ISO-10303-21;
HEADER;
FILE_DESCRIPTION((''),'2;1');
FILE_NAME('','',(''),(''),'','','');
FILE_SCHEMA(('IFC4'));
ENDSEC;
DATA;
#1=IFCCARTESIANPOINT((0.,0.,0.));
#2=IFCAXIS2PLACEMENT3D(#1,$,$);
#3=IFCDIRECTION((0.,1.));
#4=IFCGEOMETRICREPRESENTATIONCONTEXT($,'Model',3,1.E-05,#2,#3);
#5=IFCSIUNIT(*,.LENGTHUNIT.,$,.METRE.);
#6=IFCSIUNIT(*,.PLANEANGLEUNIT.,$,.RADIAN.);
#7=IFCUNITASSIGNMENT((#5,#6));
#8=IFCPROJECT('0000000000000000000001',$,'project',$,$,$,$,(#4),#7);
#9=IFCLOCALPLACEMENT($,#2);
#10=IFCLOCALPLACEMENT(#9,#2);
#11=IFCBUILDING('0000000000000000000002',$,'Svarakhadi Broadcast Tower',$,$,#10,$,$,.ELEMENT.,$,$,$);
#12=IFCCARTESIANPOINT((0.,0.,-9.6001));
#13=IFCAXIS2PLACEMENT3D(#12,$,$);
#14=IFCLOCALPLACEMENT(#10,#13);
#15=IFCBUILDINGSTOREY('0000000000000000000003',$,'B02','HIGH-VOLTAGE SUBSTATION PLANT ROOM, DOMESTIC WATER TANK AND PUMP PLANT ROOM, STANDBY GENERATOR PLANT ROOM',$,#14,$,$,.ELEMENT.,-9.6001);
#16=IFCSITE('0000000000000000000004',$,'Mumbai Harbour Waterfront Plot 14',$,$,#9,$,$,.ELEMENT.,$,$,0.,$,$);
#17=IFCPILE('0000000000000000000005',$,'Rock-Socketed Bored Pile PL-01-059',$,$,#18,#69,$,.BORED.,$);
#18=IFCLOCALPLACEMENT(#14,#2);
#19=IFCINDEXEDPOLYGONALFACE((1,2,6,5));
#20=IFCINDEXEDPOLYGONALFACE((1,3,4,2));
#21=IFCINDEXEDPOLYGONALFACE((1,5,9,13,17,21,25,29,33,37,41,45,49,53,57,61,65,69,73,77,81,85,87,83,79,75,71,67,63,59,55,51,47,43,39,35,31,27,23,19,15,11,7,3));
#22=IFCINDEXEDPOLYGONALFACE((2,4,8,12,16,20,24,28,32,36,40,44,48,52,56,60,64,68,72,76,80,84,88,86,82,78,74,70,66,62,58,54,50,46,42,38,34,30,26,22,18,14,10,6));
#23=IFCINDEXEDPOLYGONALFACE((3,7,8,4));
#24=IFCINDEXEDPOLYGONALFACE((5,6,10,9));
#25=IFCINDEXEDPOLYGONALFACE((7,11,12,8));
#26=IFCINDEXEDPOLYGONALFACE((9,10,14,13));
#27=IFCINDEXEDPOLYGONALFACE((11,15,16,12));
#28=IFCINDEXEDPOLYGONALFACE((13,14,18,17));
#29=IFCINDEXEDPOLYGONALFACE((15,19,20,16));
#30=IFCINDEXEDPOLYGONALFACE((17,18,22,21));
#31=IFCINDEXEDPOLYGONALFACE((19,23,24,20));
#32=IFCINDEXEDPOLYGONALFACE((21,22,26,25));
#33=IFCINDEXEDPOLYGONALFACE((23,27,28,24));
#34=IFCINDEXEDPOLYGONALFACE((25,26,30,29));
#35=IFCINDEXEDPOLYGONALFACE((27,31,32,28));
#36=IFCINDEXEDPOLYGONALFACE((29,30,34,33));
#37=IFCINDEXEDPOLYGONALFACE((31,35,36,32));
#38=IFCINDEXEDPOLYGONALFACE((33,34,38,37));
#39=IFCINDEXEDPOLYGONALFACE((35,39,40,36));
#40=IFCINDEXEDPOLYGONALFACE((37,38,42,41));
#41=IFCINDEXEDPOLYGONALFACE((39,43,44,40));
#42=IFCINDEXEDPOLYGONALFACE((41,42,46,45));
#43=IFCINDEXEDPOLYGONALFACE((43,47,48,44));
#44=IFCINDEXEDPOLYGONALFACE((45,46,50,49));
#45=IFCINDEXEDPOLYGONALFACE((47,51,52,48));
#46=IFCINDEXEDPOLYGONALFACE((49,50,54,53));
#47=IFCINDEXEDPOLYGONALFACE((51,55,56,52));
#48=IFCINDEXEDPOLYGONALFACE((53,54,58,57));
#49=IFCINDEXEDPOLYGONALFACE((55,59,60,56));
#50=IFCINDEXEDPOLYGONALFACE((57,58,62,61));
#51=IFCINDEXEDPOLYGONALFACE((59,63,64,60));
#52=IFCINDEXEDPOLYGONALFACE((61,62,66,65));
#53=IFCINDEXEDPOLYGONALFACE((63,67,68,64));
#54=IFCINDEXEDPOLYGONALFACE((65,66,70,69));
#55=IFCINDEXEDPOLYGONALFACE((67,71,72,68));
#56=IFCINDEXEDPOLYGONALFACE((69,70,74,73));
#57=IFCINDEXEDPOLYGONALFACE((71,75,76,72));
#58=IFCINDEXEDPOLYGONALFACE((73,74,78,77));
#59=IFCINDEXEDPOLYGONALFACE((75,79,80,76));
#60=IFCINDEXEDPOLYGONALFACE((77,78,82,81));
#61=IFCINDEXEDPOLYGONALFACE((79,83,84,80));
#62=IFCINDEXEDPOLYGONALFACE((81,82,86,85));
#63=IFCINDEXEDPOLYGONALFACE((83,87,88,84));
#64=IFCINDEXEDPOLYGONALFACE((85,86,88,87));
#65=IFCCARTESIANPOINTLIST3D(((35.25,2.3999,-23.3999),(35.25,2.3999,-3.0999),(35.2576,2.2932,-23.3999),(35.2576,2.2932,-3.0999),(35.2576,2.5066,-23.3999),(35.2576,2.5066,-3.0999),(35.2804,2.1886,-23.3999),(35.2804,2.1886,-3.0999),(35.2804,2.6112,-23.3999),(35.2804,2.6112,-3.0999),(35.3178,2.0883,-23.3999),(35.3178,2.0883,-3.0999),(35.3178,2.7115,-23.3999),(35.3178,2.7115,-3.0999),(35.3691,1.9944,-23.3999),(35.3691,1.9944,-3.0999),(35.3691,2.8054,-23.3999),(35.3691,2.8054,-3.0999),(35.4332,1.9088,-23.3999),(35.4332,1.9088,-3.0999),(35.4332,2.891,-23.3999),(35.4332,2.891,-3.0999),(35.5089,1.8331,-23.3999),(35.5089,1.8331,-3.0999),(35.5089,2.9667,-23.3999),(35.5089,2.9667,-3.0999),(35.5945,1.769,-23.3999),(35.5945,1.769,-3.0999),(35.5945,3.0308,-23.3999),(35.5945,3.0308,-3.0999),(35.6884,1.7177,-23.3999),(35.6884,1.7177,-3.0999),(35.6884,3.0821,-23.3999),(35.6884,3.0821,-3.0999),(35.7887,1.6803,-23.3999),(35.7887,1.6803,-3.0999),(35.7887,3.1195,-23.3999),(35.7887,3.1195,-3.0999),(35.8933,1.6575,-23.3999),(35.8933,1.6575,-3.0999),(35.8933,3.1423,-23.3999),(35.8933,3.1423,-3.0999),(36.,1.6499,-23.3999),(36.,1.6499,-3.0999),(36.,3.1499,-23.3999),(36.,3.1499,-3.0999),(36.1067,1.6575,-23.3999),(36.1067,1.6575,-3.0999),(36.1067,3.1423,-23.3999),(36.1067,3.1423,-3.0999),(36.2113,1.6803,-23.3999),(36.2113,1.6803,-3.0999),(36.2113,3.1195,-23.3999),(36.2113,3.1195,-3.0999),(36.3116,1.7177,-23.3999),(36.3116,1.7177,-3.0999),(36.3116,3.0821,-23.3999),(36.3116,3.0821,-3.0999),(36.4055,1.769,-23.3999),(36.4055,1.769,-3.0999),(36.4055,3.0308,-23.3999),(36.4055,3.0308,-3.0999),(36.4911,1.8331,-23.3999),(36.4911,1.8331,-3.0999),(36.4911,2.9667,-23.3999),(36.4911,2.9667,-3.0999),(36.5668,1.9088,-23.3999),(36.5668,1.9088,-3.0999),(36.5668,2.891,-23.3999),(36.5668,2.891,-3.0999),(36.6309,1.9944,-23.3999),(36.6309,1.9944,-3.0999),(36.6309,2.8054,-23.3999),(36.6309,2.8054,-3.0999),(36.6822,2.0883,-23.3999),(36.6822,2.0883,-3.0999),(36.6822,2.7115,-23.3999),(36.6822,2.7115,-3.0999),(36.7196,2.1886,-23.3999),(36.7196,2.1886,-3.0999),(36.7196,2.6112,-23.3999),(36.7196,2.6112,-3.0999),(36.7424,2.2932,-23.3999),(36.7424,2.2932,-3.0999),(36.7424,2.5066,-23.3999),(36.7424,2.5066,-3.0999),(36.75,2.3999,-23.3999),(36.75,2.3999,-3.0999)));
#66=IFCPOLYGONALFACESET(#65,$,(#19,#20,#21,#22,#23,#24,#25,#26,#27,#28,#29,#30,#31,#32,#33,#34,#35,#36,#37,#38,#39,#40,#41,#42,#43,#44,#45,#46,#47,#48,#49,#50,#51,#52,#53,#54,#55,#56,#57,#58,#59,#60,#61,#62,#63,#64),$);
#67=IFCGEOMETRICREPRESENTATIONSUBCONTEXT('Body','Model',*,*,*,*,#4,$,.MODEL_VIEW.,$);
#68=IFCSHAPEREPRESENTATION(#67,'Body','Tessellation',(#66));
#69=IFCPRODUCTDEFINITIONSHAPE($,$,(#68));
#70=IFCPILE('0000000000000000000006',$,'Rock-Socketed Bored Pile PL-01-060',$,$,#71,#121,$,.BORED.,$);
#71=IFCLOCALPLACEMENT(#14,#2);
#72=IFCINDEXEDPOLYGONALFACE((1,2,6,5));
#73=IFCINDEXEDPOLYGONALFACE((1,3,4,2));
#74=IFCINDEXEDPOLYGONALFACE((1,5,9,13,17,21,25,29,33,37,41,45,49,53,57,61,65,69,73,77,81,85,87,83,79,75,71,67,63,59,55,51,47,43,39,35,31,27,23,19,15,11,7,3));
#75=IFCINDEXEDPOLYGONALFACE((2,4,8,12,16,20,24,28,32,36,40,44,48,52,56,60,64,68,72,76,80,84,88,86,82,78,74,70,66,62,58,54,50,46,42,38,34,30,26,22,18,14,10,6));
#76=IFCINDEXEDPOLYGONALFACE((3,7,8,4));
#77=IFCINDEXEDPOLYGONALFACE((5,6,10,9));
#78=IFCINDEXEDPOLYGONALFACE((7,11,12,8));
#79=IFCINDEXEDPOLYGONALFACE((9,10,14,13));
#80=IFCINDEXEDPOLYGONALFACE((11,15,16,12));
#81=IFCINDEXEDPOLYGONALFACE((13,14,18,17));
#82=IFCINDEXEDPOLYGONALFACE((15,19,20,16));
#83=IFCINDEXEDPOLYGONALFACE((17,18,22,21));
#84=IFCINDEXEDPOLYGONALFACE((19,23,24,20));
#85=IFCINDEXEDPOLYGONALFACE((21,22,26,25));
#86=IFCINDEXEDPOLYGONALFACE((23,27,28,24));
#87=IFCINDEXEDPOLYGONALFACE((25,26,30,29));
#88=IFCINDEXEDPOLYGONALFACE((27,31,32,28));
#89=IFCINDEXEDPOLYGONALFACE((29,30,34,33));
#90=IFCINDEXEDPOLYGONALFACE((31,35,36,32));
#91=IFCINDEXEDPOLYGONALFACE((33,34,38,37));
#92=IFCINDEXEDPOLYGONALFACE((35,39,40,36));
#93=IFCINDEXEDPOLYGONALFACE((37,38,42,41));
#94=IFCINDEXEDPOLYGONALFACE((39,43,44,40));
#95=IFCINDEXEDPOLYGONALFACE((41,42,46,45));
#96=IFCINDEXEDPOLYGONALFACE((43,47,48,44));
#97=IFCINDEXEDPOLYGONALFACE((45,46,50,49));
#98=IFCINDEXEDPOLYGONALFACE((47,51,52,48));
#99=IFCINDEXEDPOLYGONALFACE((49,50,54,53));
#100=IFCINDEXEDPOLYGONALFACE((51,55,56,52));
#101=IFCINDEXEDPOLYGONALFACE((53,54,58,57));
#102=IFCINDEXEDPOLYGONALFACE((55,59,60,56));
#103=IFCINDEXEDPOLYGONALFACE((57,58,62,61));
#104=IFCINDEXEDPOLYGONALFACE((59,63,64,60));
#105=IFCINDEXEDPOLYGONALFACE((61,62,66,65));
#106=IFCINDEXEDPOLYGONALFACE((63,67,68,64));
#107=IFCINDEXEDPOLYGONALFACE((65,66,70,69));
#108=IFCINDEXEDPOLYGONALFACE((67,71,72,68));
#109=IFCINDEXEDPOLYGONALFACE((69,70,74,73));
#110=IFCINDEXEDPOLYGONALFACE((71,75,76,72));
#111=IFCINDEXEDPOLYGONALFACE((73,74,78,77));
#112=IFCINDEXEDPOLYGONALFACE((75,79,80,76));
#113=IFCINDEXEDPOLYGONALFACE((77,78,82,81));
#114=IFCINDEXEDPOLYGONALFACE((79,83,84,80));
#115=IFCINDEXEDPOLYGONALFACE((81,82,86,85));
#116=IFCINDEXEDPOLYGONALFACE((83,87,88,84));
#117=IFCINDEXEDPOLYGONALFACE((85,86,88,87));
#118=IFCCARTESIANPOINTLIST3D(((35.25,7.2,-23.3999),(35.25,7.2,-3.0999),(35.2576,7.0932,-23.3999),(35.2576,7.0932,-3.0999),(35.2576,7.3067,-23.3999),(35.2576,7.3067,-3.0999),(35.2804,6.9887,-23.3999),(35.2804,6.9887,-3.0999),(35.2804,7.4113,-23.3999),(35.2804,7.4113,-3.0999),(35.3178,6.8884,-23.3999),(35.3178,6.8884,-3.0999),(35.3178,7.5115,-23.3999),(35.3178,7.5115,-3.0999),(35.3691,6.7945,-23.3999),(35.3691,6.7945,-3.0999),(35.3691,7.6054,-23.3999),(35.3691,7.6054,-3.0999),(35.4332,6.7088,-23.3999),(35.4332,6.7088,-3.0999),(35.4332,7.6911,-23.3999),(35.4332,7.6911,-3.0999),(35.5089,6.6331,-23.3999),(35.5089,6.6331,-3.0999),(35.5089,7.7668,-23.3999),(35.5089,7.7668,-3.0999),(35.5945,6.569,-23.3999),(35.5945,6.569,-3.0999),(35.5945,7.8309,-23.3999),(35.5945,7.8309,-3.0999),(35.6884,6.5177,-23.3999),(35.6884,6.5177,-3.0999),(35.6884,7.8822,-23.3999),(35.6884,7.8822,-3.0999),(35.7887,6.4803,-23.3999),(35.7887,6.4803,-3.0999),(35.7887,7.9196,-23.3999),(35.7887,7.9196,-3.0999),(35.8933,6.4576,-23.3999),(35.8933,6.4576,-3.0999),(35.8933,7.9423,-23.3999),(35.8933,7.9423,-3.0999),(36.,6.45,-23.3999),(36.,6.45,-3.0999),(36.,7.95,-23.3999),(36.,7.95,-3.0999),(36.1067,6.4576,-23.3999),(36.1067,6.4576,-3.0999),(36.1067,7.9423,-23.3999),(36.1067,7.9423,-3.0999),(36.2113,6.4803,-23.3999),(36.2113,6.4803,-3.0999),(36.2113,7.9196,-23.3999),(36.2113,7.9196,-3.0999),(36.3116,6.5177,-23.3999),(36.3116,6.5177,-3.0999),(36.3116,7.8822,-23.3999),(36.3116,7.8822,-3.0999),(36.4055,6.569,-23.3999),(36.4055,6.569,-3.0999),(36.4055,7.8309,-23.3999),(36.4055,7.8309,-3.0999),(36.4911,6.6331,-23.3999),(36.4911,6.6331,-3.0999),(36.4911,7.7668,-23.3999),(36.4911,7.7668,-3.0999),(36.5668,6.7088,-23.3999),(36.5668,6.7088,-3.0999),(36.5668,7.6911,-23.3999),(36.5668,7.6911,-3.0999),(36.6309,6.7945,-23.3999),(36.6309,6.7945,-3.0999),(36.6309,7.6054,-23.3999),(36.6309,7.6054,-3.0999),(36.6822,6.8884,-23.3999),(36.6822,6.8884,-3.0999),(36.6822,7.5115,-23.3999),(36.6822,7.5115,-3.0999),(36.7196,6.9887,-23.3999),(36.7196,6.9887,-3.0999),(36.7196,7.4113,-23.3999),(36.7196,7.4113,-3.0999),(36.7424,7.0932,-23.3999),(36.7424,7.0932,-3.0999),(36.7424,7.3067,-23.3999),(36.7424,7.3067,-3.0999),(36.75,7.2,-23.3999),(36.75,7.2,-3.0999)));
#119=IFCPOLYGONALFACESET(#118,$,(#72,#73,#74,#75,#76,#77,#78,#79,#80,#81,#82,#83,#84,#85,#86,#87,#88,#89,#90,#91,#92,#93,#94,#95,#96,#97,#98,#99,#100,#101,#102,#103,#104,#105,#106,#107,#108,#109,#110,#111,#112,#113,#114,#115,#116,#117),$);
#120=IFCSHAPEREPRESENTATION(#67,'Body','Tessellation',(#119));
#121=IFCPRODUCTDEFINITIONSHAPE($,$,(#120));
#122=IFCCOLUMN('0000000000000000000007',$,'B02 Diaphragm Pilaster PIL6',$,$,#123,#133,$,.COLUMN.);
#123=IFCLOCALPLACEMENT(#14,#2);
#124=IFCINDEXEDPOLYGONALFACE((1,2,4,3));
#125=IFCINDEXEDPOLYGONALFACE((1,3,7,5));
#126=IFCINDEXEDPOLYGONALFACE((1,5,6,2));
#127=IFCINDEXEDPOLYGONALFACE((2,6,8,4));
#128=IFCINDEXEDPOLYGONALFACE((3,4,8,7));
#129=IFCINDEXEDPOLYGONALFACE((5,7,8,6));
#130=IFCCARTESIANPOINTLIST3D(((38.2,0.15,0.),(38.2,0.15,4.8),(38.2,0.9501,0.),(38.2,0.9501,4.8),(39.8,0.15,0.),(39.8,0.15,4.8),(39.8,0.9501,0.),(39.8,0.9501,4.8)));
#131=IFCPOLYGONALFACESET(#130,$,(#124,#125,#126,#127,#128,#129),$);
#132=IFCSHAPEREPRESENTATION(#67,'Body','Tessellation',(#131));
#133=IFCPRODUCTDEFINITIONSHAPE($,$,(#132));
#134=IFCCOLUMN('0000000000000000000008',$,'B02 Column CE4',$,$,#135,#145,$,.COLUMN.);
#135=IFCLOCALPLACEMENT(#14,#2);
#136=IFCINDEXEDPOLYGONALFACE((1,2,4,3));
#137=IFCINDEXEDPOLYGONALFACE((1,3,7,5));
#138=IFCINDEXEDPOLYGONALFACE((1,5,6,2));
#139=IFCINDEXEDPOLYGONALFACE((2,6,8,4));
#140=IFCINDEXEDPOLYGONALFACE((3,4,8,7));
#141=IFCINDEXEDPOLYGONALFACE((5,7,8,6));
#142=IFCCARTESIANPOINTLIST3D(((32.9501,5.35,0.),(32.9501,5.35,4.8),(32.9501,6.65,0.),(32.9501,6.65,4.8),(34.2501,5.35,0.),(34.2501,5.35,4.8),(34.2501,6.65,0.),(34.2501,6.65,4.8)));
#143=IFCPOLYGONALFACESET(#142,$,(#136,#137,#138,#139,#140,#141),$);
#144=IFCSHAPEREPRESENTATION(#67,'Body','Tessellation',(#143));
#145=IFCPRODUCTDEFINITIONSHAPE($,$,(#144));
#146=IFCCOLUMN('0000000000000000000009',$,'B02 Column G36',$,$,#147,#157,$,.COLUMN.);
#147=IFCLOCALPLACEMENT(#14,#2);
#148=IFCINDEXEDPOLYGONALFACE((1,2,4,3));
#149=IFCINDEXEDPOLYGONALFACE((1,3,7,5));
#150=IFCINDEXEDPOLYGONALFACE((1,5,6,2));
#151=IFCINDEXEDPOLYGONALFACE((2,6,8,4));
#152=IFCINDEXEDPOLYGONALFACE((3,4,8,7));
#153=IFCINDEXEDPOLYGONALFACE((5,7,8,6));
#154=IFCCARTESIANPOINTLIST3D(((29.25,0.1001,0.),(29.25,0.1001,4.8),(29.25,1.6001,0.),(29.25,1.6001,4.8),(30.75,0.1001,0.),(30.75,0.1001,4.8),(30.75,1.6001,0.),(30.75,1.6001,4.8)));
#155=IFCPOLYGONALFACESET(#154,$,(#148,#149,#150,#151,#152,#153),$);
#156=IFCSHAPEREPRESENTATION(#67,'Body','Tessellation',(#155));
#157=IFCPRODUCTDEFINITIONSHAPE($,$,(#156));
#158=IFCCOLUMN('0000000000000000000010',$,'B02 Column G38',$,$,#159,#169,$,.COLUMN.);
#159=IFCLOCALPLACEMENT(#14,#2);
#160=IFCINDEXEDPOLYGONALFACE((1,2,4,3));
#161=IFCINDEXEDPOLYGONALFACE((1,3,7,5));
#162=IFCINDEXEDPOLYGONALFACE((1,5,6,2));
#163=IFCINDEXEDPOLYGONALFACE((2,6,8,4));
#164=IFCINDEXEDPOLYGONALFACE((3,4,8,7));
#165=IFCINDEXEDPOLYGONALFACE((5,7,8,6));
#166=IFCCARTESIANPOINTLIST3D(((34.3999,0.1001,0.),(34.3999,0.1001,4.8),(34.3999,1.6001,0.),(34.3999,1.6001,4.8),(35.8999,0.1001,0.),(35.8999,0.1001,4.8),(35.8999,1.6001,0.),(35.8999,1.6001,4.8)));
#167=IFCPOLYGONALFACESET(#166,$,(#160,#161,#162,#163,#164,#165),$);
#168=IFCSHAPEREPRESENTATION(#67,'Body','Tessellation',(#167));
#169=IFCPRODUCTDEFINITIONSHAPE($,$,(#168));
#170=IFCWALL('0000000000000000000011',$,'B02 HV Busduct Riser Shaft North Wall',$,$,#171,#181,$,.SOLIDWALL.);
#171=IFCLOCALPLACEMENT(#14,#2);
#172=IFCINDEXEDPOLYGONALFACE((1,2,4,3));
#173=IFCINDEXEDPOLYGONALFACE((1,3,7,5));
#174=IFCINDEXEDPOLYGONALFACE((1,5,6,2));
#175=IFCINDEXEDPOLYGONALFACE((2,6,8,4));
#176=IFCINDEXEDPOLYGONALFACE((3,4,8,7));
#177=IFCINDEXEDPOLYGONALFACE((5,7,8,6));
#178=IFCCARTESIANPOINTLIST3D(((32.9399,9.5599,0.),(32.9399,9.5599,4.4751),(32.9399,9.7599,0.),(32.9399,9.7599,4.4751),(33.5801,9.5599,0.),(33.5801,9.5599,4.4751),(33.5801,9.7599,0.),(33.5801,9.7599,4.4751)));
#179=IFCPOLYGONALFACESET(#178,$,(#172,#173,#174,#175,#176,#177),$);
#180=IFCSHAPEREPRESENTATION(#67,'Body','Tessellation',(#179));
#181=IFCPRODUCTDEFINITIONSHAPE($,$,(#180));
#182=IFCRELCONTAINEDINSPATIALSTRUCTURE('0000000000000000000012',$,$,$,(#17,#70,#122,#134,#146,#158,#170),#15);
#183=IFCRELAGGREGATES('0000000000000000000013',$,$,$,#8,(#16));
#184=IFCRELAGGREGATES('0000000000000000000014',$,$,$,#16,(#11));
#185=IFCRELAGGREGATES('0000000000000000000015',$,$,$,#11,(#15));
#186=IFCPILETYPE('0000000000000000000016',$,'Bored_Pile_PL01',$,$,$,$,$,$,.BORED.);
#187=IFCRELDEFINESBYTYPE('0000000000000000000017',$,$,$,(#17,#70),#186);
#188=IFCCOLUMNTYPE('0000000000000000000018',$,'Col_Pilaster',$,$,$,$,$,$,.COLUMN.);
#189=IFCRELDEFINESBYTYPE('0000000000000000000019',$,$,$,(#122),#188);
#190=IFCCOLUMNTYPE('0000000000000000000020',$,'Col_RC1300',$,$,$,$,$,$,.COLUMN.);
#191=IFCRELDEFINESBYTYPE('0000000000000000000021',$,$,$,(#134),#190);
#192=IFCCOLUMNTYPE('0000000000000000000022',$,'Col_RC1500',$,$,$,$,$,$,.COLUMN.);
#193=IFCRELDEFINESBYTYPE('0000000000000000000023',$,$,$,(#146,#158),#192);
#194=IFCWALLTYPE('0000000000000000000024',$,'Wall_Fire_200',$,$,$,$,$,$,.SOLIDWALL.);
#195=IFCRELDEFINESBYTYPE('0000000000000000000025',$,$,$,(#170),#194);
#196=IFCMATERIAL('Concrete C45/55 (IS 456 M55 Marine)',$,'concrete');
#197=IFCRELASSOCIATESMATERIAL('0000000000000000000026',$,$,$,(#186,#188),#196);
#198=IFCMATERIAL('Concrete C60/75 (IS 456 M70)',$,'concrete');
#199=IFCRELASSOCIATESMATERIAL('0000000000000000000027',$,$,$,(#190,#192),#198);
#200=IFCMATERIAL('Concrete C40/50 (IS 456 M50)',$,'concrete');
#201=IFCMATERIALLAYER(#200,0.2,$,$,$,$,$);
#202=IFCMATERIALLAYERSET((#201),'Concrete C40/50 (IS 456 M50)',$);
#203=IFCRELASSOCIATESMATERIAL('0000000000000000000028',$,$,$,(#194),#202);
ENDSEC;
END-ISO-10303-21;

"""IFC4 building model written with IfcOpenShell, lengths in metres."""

from ifc_helpers import new_model, si_unit, direction, frame, frame_2d, origin, origin_2d, place, context, subcontext, project, spatial, rectangle, circle, extrude, material, layer, layer_set, material_profile, profile_set, type_object, element, save


model = new_model("IFC4")

# Units and contexts
model_context = context("Model", 3, precision=1e-05, world=origin(), true_north=direction((0.0, 1.0)))
body_context = subcontext(model_context, "Body", "Model", "MODEL_VIEW")
ifc_project = project(units=[si_unit("LENGTHUNIT", "METRE"), si_unit("PLANEANGLEUNIT", "RADIAN")], contexts=[model_context])

# Site, building, storey
site_placement = place(None, origin())
site = spatial("IfcSite", under=ifc_project, at=site_placement, Name="Mumbai Harbour Waterfront Plot 14", CompositionType="ELEMENT", RefElevation=0.0)
building_placement = place(site_placement, origin())
building = spatial("IfcBuilding", under=site, at=building_placement, Name="Svarakhadi Broadcast Tower", CompositionType="ELEMENT")
storey_placement = place(building_placement, frame((0.0, 0.0, -9.6001)))
storey = spatial("IfcBuildingStorey", under=building, at=storey_placement, Name="B02", Description="HIGH-VOLTAGE SUBSTATION PLANT ROOM, DOMESTIC WATER TANK AND PUMP PLANT ROOM, STANDBY GENERATOR PLANT ROOM", CompositionType="ELEMENT", Elevation=-9.6001)

# Piles
ifc_material_1 = material(Name="Concrete C45/55 (IS 456 M55 Marine)", Category="concrete")
ifc_material_profile_1 = material_profile(ifc_material_1, circle(Radius=0.75, at=origin_2d()), Name="PILE D1500")
ifc_profile_set_1 = profile_set([ifc_material_profile_1], Name="Concrete C45/55 (IS 456 M55 Marine)")
pile_type = type_object("IfcPileType", Name="Bored_Pile_PL01", PredefinedType="BORED", material=ifc_profile_set_1)
for number, where, z_axis, x_axis, name in (
    (1, (36.0, 2.3999, -3.0999), (0.0, 0.0, -1.0), (1.0, 0.0, 0.0), "Rock-Socketed Bored Pile PL-01-059"),
    (2, (36.0, 7.2, -3.0999), (0.0, 0.0, -1.0), (1.0, 0.0, 0.0), "Rock-Socketed Bored Pile PL-01-060"),
):
    element("IfcPile", number, at=place(storey_placement, frame(where, z_axis=z_axis, x_axis=x_axis)), inside=storey, type_object=pile_type, Name=name, PredefinedType="BORED", context=body_context, shape_type="SweptSolid", body=[
        extrude(circle(Radius=0.75, at=origin_2d()), origin(), (0.0, 0.0, 1.0), 20.3),
    ])

# Columns
ifc_material_profile_2 = material_profile(ifc_material_1, rectangle(XDim=0.8, YDim=1.6001, at=origin_2d()), Name="RC 800x1600")
ifc_profile_set_2 = profile_set([ifc_material_profile_2], Name="Concrete C45/55 (IS 456 M55 Marine)")
column_type_1 = type_object("IfcColumnType", Name="Col_Pilaster", PredefinedType="COLUMN", material=ifc_profile_set_2)
column_1_placement = place(storey_placement, frame((39.0, 0.55, 0.0), z_axis=(0.0, 0.0, 1.0), x_axis=(0.0, 1.0, 0.0)))
element("IfcColumn", 3, at=column_1_placement, inside=storey, type_object=column_type_1, Name="B02 Diaphragm Pilaster PIL6", PredefinedType="COLUMN", context=body_context, shape_type="SweptSolid", body=[
    extrude(rectangle(XDim=0.8, YDim=1.6001, at=origin_2d()), origin(), (0.0, 0.0, 1.0), 4.8),
])
ifc_material_2 = material(Name="Concrete C60/75 (IS 456 M70)", Category="concrete")
ifc_material_profile_3 = material_profile(ifc_material_2, rectangle(XDim=1.3, YDim=1.3, at=origin_2d()), Name="RC 1300x1300")
ifc_profile_set_3 = profile_set([ifc_material_profile_3], Name="Concrete C60/75 (IS 456 M70)")
column_type_2 = type_object("IfcColumnType", Name="Col_RC1300", PredefinedType="COLUMN", material=ifc_profile_set_3)
column_2_placement = place(storey_placement, frame((33.6001, 6.0, 0.0), z_axis=(0.0, 0.0, 1.0), x_axis=(1.0, 0.0, 0.0)))
element("IfcColumn", 4, at=column_2_placement, inside=storey, type_object=column_type_2, Name="B02 Column CE4", PredefinedType="COLUMN", context=body_context, shape_type="SweptSolid", body=[
    extrude(rectangle(XDim=1.3, YDim=1.3, at=origin_2d()), origin(), (0.0, 0.0, 1.0), 4.8),
])
ifc_material_profile_4 = material_profile(ifc_material_2, rectangle(XDim=1.5, YDim=1.5, at=origin_2d()), Name="RC 1500x1500")
ifc_profile_set_4 = profile_set([ifc_material_profile_4], Name="Concrete C60/75 (IS 456 M70)")
column_type_3 = type_object("IfcColumnType", Name="Col_RC1500", PredefinedType="COLUMN", material=ifc_profile_set_4)
for number, where, z_axis, x_axis, name in (
    (5, (30.0, 0.8501, 0.0), (0.0, 0.0, 1.0), (1.0, 0.0, 0.0), "B02 Column G36"),
    (6, (35.1499, 0.8501, 0.0), (0.0, 0.0, 1.0), (1.0, 0.0, 0.0), "B02 Column G38"),
):
    element("IfcColumn", number, at=place(storey_placement, frame(where, z_axis=z_axis, x_axis=x_axis)), inside=storey, type_object=column_type_3, Name=name, PredefinedType="COLUMN", context=body_context, shape_type="SweptSolid", body=[
        extrude(rectangle(XDim=1.5, YDim=1.5, at=origin_2d()), origin(), (0.0, 0.0, 1.0), 4.8),
    ])

# Wall
ifc_material_3 = material(Name="Concrete C40/50 (IS 456 M50)", Category="concrete")
ifc_layer_1 = layer(ifc_material_3, 0.2)
ifc_layer_set_1 = layer_set([ifc_layer_1], Name="Concrete C40/50 (IS 456 M50)")
wall_type_1 = type_object("IfcWallType", Name="Wall_Fire_200", PredefinedType="SOLIDWALL", material=ifc_layer_set_1)
wall_1_placement = place(storey_placement, frame((32.9399, 9.6599, 0.0), z_axis=(0.0, 0.0, 1.0), x_axis=(1.0, 0.0, 0.0)))
element("IfcWall", 7, at=wall_1_placement, inside=storey, type_object=wall_type_1, Name="B02 HV Busduct Riser Shaft North Wall", PredefinedType="SOLIDWALL", context=body_context, shape_type="SweptSolid", body=[
    extrude(rectangle(XDim=0.6401, YDim=0.2, at=frame_2d((0.3201, 0.0))), origin(), (0.0, 0.0, 1.0), 4.4751),
])

save(model, "model.ifc")
